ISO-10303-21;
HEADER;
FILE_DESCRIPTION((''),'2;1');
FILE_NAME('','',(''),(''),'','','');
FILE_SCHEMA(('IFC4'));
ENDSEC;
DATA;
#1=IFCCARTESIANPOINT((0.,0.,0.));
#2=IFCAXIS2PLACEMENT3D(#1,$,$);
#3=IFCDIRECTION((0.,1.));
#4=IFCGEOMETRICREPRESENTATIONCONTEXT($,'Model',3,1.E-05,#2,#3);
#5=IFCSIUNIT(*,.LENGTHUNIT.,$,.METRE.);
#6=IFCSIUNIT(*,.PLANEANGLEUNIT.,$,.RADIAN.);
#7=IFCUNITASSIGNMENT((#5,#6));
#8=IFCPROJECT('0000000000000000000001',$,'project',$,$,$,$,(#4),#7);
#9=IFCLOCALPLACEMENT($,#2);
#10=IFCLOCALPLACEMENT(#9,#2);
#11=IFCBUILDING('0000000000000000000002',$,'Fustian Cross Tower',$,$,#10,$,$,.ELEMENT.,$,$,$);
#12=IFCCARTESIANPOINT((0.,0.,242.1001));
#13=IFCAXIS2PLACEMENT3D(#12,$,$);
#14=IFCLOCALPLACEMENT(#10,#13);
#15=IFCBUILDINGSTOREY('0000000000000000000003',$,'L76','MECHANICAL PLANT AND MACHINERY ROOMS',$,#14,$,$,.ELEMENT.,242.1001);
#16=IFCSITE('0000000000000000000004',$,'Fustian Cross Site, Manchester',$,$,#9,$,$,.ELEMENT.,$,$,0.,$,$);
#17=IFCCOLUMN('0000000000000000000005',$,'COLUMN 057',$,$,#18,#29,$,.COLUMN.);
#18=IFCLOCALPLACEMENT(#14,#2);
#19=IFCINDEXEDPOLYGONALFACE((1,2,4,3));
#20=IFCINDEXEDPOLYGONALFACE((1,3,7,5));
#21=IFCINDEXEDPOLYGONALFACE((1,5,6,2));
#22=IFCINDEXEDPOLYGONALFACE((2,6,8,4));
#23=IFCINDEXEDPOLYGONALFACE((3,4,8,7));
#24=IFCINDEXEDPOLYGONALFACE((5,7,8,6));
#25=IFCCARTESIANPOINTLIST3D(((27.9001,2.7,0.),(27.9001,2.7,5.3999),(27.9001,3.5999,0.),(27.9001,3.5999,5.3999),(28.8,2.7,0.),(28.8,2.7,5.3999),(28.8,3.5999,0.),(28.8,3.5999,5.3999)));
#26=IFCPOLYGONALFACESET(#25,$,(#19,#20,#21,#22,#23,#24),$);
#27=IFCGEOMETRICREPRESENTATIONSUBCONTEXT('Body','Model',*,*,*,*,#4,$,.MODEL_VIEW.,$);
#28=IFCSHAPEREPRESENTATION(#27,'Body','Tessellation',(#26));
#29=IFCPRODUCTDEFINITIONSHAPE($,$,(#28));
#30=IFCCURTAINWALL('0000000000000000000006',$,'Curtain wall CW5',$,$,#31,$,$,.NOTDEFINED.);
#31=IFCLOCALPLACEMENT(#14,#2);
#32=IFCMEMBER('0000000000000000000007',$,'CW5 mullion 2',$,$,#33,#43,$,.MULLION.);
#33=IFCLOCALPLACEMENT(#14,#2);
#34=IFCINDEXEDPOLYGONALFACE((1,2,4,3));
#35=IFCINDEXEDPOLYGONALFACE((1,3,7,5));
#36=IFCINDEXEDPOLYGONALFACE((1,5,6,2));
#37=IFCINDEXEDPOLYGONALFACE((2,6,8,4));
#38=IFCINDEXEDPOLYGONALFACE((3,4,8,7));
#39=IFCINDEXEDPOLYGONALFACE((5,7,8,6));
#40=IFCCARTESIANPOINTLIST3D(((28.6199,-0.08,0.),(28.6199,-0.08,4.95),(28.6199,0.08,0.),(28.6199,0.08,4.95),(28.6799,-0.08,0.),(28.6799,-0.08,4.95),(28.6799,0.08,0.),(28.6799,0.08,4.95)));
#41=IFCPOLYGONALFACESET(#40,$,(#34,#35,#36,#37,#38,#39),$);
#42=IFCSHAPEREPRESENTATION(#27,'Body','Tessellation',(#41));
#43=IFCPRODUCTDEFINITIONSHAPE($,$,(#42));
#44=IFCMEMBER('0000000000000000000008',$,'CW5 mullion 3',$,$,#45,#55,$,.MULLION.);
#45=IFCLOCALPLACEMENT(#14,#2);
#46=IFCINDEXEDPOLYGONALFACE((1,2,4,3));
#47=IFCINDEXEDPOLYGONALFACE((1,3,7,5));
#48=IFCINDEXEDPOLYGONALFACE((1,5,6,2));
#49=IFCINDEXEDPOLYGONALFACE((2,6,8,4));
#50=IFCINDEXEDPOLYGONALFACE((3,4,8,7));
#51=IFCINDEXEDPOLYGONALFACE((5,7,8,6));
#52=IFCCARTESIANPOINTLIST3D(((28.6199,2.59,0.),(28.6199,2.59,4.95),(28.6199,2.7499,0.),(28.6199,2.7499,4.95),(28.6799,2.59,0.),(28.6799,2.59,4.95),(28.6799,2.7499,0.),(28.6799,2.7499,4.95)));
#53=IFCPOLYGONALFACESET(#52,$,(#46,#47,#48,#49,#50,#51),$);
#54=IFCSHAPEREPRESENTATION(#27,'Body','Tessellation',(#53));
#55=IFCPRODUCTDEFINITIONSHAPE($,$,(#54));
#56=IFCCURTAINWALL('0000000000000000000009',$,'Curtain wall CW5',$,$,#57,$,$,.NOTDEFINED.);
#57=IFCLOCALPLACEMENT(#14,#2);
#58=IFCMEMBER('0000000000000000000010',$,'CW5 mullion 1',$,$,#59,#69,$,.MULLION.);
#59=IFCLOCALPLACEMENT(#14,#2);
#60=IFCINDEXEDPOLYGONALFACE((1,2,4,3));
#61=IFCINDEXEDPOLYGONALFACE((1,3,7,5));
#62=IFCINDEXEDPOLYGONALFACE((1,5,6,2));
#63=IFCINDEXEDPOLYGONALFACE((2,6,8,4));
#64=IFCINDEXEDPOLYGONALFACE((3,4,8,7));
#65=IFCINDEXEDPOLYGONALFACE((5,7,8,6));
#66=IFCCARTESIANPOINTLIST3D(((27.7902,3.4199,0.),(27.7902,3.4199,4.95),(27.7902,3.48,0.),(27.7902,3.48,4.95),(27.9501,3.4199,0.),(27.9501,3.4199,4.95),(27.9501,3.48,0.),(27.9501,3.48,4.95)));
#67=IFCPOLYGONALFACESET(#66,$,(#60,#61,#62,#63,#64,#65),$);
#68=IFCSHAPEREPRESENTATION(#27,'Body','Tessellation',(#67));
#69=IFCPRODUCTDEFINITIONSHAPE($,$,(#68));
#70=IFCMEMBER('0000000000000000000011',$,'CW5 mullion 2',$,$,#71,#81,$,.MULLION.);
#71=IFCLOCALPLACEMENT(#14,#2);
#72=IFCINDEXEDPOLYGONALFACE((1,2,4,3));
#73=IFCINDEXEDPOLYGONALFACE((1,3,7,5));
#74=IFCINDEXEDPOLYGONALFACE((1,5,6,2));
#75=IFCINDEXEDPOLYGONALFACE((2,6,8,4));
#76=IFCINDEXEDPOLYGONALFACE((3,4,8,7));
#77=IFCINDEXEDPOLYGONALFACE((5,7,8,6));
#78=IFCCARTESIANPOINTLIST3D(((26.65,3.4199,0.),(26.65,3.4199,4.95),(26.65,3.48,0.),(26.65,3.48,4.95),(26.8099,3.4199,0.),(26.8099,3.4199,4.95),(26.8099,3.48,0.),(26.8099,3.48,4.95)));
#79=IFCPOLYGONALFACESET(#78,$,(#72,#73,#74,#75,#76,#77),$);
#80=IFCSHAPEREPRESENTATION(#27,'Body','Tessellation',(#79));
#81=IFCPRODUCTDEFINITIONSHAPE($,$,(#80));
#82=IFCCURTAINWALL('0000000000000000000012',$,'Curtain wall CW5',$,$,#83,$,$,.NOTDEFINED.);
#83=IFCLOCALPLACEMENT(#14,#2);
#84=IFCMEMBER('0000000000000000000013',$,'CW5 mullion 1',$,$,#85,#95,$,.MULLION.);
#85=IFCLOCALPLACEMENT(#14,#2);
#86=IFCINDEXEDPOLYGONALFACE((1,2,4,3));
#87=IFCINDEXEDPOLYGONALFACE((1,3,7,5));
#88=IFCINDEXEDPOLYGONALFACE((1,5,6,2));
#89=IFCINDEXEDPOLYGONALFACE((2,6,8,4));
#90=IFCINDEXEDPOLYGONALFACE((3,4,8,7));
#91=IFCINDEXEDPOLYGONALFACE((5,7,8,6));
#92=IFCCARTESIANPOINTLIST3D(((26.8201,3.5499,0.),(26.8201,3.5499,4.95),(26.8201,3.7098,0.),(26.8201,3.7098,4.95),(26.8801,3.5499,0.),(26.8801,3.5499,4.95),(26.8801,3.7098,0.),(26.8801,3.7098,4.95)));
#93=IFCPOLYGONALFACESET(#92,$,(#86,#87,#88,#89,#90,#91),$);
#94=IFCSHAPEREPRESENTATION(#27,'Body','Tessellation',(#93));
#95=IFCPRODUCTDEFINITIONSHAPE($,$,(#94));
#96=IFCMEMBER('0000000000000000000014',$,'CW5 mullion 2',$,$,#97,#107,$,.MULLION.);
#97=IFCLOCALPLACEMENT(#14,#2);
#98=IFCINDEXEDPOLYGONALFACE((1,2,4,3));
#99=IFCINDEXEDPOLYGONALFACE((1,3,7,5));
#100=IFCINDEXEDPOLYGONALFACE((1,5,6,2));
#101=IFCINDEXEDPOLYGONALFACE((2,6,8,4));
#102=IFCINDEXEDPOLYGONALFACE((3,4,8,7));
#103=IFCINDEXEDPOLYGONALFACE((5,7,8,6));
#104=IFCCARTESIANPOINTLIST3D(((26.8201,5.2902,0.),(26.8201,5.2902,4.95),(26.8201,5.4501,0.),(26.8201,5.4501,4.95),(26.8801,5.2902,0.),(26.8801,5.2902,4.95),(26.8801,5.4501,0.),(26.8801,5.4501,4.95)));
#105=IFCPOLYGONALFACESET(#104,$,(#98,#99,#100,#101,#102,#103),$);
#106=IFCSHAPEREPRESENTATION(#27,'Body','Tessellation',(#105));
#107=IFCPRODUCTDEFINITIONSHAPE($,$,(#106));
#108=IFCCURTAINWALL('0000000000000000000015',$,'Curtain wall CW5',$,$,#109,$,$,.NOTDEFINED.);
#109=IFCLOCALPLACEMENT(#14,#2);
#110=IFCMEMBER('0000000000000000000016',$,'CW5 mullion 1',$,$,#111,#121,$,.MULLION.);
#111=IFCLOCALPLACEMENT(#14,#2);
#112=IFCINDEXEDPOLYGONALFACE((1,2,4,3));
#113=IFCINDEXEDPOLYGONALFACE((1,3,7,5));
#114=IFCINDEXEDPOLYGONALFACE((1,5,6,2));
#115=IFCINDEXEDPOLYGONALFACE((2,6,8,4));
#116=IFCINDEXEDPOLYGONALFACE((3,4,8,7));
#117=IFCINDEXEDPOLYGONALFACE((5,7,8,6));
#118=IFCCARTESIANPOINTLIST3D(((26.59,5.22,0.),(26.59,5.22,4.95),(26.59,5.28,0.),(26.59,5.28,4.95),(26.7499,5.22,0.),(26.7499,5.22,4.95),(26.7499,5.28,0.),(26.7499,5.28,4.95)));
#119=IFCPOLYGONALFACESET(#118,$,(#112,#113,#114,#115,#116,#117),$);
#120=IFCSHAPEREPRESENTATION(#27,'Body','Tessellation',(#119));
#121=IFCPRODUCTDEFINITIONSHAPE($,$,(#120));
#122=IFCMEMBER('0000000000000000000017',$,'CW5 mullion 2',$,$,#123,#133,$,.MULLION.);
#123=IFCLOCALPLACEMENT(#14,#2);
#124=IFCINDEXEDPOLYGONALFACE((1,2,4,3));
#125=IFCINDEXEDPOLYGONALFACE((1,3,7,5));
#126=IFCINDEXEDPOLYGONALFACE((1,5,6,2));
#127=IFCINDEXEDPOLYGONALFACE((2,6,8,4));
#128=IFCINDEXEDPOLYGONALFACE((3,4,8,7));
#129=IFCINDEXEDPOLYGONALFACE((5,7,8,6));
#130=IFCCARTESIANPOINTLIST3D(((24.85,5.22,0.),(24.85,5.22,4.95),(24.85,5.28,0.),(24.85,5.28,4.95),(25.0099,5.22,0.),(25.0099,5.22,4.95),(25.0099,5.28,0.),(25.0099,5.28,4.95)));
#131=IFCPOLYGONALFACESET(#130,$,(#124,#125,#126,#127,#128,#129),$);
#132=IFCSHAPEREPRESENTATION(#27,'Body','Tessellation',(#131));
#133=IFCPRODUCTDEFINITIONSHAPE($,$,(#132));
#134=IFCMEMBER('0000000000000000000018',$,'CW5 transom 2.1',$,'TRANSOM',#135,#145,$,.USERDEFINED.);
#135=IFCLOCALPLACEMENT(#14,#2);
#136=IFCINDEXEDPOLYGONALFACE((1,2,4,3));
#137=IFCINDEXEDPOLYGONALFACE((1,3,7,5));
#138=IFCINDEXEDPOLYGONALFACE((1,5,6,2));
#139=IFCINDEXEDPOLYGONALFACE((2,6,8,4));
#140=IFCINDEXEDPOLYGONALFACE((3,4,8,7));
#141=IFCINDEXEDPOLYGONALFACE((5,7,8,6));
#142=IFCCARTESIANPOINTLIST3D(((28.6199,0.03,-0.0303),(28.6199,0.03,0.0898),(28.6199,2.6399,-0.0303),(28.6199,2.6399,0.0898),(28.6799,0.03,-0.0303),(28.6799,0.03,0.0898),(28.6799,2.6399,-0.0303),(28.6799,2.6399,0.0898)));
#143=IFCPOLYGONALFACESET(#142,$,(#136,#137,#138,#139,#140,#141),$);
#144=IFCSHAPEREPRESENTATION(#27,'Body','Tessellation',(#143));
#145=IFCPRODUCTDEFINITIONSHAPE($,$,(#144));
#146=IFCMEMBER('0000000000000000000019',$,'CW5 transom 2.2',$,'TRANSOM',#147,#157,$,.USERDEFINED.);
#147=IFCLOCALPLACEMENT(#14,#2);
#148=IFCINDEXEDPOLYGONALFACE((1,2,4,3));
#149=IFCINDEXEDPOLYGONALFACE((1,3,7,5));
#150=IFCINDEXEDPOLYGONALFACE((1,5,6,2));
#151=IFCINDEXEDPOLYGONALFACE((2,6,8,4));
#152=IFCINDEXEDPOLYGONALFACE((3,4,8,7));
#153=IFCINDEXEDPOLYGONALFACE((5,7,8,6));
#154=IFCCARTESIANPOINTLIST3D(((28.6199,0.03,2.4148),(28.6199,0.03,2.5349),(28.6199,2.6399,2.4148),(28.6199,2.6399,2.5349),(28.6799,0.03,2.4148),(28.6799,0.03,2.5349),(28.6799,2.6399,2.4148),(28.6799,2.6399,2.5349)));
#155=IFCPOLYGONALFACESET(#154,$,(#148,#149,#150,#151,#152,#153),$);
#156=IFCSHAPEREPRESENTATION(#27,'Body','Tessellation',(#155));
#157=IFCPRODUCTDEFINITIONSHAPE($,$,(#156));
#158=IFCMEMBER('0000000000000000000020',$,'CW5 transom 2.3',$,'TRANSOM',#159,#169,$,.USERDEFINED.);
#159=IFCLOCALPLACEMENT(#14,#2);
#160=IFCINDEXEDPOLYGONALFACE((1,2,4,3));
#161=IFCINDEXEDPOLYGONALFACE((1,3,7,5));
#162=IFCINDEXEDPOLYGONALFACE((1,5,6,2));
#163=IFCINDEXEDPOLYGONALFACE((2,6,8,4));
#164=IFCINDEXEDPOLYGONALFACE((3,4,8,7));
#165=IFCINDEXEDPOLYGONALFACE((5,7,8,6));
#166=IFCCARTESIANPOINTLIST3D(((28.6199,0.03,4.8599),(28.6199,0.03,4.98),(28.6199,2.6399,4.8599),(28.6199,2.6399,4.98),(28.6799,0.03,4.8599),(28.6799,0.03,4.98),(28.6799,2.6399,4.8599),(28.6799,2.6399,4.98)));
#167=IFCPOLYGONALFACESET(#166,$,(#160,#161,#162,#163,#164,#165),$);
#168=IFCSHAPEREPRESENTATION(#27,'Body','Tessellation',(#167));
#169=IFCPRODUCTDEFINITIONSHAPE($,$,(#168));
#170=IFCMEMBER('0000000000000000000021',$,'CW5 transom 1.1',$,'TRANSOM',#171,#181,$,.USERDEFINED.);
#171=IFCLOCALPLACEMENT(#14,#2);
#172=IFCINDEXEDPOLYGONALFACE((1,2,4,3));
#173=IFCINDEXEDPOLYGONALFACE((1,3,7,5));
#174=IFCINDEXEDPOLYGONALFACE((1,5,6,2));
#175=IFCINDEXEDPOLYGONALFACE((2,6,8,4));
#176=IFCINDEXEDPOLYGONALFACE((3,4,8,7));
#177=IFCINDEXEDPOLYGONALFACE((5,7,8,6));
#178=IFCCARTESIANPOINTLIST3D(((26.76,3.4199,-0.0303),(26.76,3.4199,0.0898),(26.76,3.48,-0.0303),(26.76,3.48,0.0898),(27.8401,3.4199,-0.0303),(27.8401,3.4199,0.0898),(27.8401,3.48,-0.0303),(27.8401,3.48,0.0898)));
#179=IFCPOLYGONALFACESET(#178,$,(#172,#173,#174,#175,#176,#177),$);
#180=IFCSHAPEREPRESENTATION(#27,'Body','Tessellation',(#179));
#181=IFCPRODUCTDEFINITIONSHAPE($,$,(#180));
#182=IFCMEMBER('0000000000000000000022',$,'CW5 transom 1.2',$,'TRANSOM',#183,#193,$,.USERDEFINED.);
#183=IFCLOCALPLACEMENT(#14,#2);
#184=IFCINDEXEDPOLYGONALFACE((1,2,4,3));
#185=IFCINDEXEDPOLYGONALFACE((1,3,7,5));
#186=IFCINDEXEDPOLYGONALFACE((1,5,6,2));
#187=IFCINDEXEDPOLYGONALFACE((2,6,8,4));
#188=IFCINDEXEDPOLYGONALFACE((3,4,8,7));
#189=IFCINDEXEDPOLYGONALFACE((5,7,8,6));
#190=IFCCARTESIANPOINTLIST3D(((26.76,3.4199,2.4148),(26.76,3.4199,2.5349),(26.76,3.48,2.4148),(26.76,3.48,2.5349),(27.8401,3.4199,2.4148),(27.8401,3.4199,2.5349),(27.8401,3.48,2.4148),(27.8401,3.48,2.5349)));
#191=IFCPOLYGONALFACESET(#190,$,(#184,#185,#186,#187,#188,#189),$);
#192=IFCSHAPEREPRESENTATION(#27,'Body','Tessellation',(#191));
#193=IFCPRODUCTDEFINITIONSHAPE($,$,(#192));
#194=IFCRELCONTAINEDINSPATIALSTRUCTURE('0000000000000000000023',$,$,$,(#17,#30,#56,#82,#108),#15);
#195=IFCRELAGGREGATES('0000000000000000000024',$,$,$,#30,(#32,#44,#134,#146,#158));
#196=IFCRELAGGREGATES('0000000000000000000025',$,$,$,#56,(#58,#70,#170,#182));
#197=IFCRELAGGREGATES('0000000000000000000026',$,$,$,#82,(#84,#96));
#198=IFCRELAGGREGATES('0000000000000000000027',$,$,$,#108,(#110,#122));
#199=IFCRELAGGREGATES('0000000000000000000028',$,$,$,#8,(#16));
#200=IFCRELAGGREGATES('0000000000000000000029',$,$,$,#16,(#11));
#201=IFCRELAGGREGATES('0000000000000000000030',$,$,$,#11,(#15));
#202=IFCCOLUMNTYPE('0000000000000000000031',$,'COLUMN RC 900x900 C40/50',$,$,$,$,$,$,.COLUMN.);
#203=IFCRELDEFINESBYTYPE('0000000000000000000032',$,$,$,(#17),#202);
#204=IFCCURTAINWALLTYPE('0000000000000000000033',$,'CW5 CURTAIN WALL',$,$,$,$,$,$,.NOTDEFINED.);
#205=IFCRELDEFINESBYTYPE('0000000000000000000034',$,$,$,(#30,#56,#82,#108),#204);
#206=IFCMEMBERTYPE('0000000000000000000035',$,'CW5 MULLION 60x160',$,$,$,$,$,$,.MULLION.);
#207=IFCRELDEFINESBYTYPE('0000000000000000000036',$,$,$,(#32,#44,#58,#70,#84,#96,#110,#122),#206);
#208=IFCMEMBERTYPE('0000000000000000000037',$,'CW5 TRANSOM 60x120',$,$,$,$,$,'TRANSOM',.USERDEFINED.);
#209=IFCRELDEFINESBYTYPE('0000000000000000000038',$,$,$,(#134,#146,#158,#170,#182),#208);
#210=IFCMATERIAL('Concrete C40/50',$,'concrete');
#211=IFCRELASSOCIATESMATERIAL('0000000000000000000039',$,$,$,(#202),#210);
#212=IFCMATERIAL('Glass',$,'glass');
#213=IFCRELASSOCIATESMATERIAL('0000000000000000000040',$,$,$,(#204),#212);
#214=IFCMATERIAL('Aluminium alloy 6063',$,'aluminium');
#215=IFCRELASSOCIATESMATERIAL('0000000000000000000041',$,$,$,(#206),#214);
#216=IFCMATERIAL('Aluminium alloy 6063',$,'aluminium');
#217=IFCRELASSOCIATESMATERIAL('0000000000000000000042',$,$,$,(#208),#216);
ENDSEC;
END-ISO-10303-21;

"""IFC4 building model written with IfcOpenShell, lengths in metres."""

from ifc_helpers import new_model, si_unit, direction, frame, origin, origin_2d, place, context, subcontext, project, spatial, rectangle, extrude, material, material_profile, profile_set, type_object, element, aggregate, save


model = new_model("IFC4")

# Units and contexts
model_context = context("Model", 3, precision=1e-05, world=origin(), true_north=direction((0.0, 1.0)))
body_context = subcontext(model_context, "Body", "Model", "MODEL_VIEW")
ifc_project = project(units=[si_unit("LENGTHUNIT", "METRE"), si_unit("PLANEANGLEUNIT", "RADIAN")], contexts=[model_context])

# Site, building, storey
site_placement = place(None, origin())
site = spatial("IfcSite", under=ifc_project, at=site_placement, Name="Fustian Cross Site, Manchester", CompositionType="ELEMENT", RefElevation=0.0)
building_placement = place(site_placement, origin())
building = spatial("IfcBuilding", under=site, at=building_placement, Name="Fustian Cross Tower", CompositionType="ELEMENT")
storey_placement = place(building_placement, frame((0.0, 0.0, 242.1001)))
storey = spatial("IfcBuildingStorey", under=building, at=storey_placement, Name="L76", Description="MECHANICAL PLANT AND MACHINERY ROOMS", CompositionType="ELEMENT", Elevation=242.1001)

# Column
ifc_material_1 = material(Name="Concrete C40/50", Category="concrete")
ifc_material_profile_1 = material_profile(ifc_material_1, rectangle(XDim=0.8999, YDim=0.8999, at=origin_2d()), Name="RC 900x900")
ifc_profile_set_1 = profile_set([ifc_material_profile_1], Name="Concrete C40/50")
column_type = type_object("IfcColumnType", Name="COLUMN RC 900x900 C40/50", PredefinedType="COLUMN", material=ifc_profile_set_1)
column_placement = place(storey_placement, frame((28.3501, 3.1499, 0.0), z_axis=(0.0, 0.0, 1.0), x_axis=(1.0, 0.0, 0.0)))
element("IfcColumn", 1, at=column_placement, inside=storey, type_object=column_type, Name="COLUMN 057", PredefinedType="COLUMN", context=body_context, shape_type="SweptSolid", body=[
    extrude(rectangle(XDim=0.8999, YDim=0.8999, at=origin_2d()), origin(), (0.0, 0.0, 1.0), 5.3999),
])

# Curtain walls, members
ifc_material_2 = material(Name="Glass", Category="glass")
curtain_wall_type = type_object("IfcCurtainWallType", Name="CW5 CURTAIN WALL", PredefinedType="NOTDEFINED", material=ifc_material_2)
curtain_wall_1_placement = place(storey_placement, origin())
curtain_wall_1 = element("IfcCurtainWall", 2, at=curtain_wall_1_placement, inside=storey, type_object=curtain_wall_type, Name="Curtain wall CW5", PredefinedType="NOTDEFINED")
ifc_material_3 = material(Name="Aluminium alloy 6063", Category="aluminium")
ifc_material_profile_2 = material_profile(ifc_material_3, rectangle(XDim=0.0601, YDim=0.1599, at=origin_2d()), Name="CW5 MULLION 60x160")
ifc_profile_set_2 = profile_set([ifc_material_profile_2], Name="Aluminium alloy 6063")
member_type_1 = type_object("IfcMemberType", Name="CW5 MULLION 60x160", PredefinedType="MULLION", material=ifc_profile_set_2)
member_1_placement = place(storey_placement, frame((28.6499, 0.0, 0.0), z_axis=(0.0, 0.0, 1.0), x_axis=(-1.0, 0.0, 0.0)))
member_1 = element("IfcMember", 3, at=member_1_placement, type_object=member_type_1, Name="CW5 mullion 2", PredefinedType="MULLION", context=body_context, shape_type="SweptSolid", body=[
    extrude(rectangle(XDim=0.0601, YDim=0.1599, at=origin_2d()), origin(), (0.0, 0.0, 1.0), 4.95),
])
member_2_placement = place(storey_placement, frame((28.6499, 2.6699, 0.0), z_axis=(0.0, 0.0, 1.0), x_axis=(-1.0, 0.0, 0.0)))
member_2 = element("IfcMember", 4, at=member_2_placement, type_object=member_type_1, Name="CW5 mullion 3", PredefinedType="MULLION", context=body_context, shape_type="SweptSolid", body=[
    extrude(rectangle(XDim=0.0601, YDim=0.1599, at=origin_2d()), origin(), (0.0, 0.0, 1.0), 4.95),
])
curtain_wall_2_placement = place(storey_placement, origin())
curtain_wall_2 = element("IfcCurtainWall", 5, at=curtain_wall_2_placement, inside=storey, type_object=curtain_wall_type, Name="Curtain wall CW5", PredefinedType="NOTDEFINED")
member_3_placement = place(storey_placement, frame((27.8701, 3.45, 0.0), z_axis=(0.0, 0.0, 1.0), x_axis=(0.0, -1.0, 0.0)))
member_3 = element("IfcMember", 6, at=member_3_placement, type_object=member_type_1, Name="CW5 mullion 1", PredefinedType="MULLION", context=body_context, shape_type="SweptSolid", body=[
    extrude(rectangle(XDim=0.0601, YDim=0.1599, at=origin_2d()), origin(), (0.0, 0.0, 1.0), 4.95),
])
member_4_placement = place(storey_placement, frame((26.73, 3.45, 0.0), z_axis=(0.0, 0.0, 1.0), x_axis=(0.0, -1.0, 0.0)))
member_4 = element("IfcMember", 7, at=member_4_placement, type_object=member_type_1, Name="CW5 mullion 2", PredefinedType="MULLION", context=body_context, shape_type="SweptSolid", body=[
    extrude(rectangle(XDim=0.0601, YDim=0.1599, at=origin_2d()), origin(), (0.0, 0.0, 1.0), 4.95),
])
curtain_wall_3_placement = place(storey_placement, origin())
curtain_wall_3 = element("IfcCurtainWall", 8, at=curtain_wall_3_placement, inside=storey, type_object=curtain_wall_type, Name="Curtain wall CW5", PredefinedType="NOTDEFINED")
member_5_placement = place(storey_placement, frame((26.8501, 3.6299, 0.0), z_axis=(0.0, 0.0, 1.0), x_axis=(-1.0, 0.0, 0.0)))
member_5 = element("IfcMember", 9, at=member_5_placement, type_object=member_type_1, Name="CW5 mullion 1", PredefinedType="MULLION", context=body_context, shape_type="SweptSolid", body=[
    extrude(rectangle(XDim=0.0601, YDim=0.1599, at=origin_2d()), origin(), (0.0, 0.0, 1.0), 4.95),
])
member_6_placement = place(storey_placement, frame((26.8501, 5.3701, 0.0), z_axis=(0.0, 0.0, 1.0), x_axis=(-1.0, 0.0, 0.0)))
member_6 = element("IfcMember", 10, at=member_6_placement, type_object=member_type_1, Name="CW5 mullion 2", PredefinedType="MULLION", context=body_context, shape_type="SweptSolid", body=[
    extrude(rectangle(XDim=0.0601, YDim=0.1599, at=origin_2d()), origin(), (0.0, 0.0, 1.0), 4.95),
])
curtain_wall_4_placement = place(storey_placement, origin())
curtain_wall_4 = element("IfcCurtainWall", 11, at=curtain_wall_4_placement, inside=storey, type_object=curtain_wall_type, Name="Curtain wall CW5", PredefinedType="NOTDEFINED")
member_7_placement = place(storey_placement, frame((26.6699, 5.25, 0.0), z_axis=(0.0, 0.0, 1.0), x_axis=(0.0, -1.0, 0.0)))
member_7 = element("IfcMember", 12, at=member_7_placement, type_object=member_type_1, Name="CW5 mullion 1", PredefinedType="MULLION", context=body_context, shape_type="SweptSolid", body=[
    extrude(rectangle(XDim=0.0601, YDim=0.1599, at=origin_2d()), origin(), (0.0, 0.0, 1.0), 4.95),
])
member_8_placement = place(storey_placement, frame((24.9299, 5.25, 0.0), z_axis=(0.0, 0.0, 1.0), x_axis=(0.0, -1.0, 0.0)))
member_8 = element("IfcMember", 13, at=member_8_placement, type_object=member_type_1, Name="CW5 mullion 2", PredefinedType="MULLION", context=body_context, shape_type="SweptSolid", body=[
    extrude(rectangle(XDim=0.0601, YDim=0.1599, at=origin_2d()), origin(), (0.0, 0.0, 1.0), 4.95),
])

# Members
ifc_material_4 = material(Name="Aluminium alloy 6063", Category="aluminium")
ifc_material_profile_3 = material_profile(ifc_material_4, rectangle(XDim=0.0601, YDim=0.1201, at=origin_2d()), Name="CW5 TRANSOM 60x120")
ifc_profile_set_3 = profile_set([ifc_material_profile_3], Name="Aluminium alloy 6063")
member_type_2 = type_object("IfcMemberType", Name="CW5 TRANSOM 60x120", ElementType="TRANSOM", PredefinedType="USERDEFINED", material=ifc_profile_set_3)
member_9_placement = place(storey_placement, frame((28.6499, 0.03, 0.0298), z_axis=(0.0, 1.0, 0.0), x_axis=(-1.0, 0.0, 0.0)))
member_9 = element("IfcMember", 14, at=member_9_placement, type_object=member_type_2, Name="CW5 transom 2.1", ObjectType="TRANSOM", PredefinedType="USERDEFINED", context=body_context, shape_type="SweptSolid", body=[
    extrude(rectangle(XDim=0.0601, YDim=0.1201, at=origin_2d()), origin(), (0.0, 0.0, 1.0), 2.6099),
])
member_10_placement = place(storey_placement, frame((28.6499, 0.03, 2.4749), z_axis=(0.0, 1.0, 0.0), x_axis=(-1.0, 0.0, 0.0)))
member_10 = element("IfcMember", 15, at=member_10_placement, type_object=member_type_2, Name="CW5 transom 2.2", ObjectType="TRANSOM", PredefinedType="USERDEFINED", context=body_context, shape_type="SweptSolid", body=[
    extrude(rectangle(XDim=0.0601, YDim=0.1201, at=origin_2d()), origin(), (0.0, 0.0, 1.0), 2.6099),
])
member_11_placement = place(storey_placement, frame((28.6499, 0.03, 4.9199), z_axis=(0.0, 1.0, 0.0), x_axis=(-1.0, 0.0, 0.0)))
member_11 = element("IfcMember", 16, at=member_11_placement, type_object=member_type_2, Name="CW5 transom 2.3", ObjectType="TRANSOM", PredefinedType="USERDEFINED", context=body_context, shape_type="SweptSolid", body=[
    extrude(rectangle(XDim=0.0601, YDim=0.1201, at=origin_2d()), origin(), (0.0, 0.0, 1.0), 2.6099),
])
member_12_placement = place(storey_placement, frame((27.8401, 3.45, 0.0298), z_axis=(-1.0, 0.0, 0.0), x_axis=(0.0, -1.0, 0.0)))
member_12 = element("IfcMember", 17, at=member_12_placement, type_object=member_type_2, Name="CW5 transom 1.1", ObjectType="TRANSOM", PredefinedType="USERDEFINED", context=body_context, shape_type="SweptSolid", body=[
    extrude(rectangle(XDim=0.0601, YDim=0.1201, at=origin_2d()), origin(), (0.0, 0.0, 1.0), 1.0801),
])
member_13_placement = place(storey_placement, frame((27.8401, 3.45, 2.4749), z_axis=(-1.0, 0.0, 0.0), x_axis=(0.0, -1.0, 0.0)))
member_13 = element("IfcMember", 18, at=member_13_placement, type_object=member_type_2, Name="CW5 transom 1.2", ObjectType="TRANSOM", PredefinedType="USERDEFINED", context=body_context, shape_type="SweptSolid", body=[
    extrude(rectangle(XDim=0.0601, YDim=0.1201, at=origin_2d()), origin(), (0.0, 0.0, 1.0), 1.0801),
])

aggregate(curtain_wall_1, [member_1, member_2, member_9, member_10, member_11])
aggregate(curtain_wall_2, [member_3, member_4, member_12, member_13])
aggregate(curtain_wall_3, [member_5, member_6])
aggregate(curtain_wall_4, [member_7, member_8])

save(model, "model.ifc")
